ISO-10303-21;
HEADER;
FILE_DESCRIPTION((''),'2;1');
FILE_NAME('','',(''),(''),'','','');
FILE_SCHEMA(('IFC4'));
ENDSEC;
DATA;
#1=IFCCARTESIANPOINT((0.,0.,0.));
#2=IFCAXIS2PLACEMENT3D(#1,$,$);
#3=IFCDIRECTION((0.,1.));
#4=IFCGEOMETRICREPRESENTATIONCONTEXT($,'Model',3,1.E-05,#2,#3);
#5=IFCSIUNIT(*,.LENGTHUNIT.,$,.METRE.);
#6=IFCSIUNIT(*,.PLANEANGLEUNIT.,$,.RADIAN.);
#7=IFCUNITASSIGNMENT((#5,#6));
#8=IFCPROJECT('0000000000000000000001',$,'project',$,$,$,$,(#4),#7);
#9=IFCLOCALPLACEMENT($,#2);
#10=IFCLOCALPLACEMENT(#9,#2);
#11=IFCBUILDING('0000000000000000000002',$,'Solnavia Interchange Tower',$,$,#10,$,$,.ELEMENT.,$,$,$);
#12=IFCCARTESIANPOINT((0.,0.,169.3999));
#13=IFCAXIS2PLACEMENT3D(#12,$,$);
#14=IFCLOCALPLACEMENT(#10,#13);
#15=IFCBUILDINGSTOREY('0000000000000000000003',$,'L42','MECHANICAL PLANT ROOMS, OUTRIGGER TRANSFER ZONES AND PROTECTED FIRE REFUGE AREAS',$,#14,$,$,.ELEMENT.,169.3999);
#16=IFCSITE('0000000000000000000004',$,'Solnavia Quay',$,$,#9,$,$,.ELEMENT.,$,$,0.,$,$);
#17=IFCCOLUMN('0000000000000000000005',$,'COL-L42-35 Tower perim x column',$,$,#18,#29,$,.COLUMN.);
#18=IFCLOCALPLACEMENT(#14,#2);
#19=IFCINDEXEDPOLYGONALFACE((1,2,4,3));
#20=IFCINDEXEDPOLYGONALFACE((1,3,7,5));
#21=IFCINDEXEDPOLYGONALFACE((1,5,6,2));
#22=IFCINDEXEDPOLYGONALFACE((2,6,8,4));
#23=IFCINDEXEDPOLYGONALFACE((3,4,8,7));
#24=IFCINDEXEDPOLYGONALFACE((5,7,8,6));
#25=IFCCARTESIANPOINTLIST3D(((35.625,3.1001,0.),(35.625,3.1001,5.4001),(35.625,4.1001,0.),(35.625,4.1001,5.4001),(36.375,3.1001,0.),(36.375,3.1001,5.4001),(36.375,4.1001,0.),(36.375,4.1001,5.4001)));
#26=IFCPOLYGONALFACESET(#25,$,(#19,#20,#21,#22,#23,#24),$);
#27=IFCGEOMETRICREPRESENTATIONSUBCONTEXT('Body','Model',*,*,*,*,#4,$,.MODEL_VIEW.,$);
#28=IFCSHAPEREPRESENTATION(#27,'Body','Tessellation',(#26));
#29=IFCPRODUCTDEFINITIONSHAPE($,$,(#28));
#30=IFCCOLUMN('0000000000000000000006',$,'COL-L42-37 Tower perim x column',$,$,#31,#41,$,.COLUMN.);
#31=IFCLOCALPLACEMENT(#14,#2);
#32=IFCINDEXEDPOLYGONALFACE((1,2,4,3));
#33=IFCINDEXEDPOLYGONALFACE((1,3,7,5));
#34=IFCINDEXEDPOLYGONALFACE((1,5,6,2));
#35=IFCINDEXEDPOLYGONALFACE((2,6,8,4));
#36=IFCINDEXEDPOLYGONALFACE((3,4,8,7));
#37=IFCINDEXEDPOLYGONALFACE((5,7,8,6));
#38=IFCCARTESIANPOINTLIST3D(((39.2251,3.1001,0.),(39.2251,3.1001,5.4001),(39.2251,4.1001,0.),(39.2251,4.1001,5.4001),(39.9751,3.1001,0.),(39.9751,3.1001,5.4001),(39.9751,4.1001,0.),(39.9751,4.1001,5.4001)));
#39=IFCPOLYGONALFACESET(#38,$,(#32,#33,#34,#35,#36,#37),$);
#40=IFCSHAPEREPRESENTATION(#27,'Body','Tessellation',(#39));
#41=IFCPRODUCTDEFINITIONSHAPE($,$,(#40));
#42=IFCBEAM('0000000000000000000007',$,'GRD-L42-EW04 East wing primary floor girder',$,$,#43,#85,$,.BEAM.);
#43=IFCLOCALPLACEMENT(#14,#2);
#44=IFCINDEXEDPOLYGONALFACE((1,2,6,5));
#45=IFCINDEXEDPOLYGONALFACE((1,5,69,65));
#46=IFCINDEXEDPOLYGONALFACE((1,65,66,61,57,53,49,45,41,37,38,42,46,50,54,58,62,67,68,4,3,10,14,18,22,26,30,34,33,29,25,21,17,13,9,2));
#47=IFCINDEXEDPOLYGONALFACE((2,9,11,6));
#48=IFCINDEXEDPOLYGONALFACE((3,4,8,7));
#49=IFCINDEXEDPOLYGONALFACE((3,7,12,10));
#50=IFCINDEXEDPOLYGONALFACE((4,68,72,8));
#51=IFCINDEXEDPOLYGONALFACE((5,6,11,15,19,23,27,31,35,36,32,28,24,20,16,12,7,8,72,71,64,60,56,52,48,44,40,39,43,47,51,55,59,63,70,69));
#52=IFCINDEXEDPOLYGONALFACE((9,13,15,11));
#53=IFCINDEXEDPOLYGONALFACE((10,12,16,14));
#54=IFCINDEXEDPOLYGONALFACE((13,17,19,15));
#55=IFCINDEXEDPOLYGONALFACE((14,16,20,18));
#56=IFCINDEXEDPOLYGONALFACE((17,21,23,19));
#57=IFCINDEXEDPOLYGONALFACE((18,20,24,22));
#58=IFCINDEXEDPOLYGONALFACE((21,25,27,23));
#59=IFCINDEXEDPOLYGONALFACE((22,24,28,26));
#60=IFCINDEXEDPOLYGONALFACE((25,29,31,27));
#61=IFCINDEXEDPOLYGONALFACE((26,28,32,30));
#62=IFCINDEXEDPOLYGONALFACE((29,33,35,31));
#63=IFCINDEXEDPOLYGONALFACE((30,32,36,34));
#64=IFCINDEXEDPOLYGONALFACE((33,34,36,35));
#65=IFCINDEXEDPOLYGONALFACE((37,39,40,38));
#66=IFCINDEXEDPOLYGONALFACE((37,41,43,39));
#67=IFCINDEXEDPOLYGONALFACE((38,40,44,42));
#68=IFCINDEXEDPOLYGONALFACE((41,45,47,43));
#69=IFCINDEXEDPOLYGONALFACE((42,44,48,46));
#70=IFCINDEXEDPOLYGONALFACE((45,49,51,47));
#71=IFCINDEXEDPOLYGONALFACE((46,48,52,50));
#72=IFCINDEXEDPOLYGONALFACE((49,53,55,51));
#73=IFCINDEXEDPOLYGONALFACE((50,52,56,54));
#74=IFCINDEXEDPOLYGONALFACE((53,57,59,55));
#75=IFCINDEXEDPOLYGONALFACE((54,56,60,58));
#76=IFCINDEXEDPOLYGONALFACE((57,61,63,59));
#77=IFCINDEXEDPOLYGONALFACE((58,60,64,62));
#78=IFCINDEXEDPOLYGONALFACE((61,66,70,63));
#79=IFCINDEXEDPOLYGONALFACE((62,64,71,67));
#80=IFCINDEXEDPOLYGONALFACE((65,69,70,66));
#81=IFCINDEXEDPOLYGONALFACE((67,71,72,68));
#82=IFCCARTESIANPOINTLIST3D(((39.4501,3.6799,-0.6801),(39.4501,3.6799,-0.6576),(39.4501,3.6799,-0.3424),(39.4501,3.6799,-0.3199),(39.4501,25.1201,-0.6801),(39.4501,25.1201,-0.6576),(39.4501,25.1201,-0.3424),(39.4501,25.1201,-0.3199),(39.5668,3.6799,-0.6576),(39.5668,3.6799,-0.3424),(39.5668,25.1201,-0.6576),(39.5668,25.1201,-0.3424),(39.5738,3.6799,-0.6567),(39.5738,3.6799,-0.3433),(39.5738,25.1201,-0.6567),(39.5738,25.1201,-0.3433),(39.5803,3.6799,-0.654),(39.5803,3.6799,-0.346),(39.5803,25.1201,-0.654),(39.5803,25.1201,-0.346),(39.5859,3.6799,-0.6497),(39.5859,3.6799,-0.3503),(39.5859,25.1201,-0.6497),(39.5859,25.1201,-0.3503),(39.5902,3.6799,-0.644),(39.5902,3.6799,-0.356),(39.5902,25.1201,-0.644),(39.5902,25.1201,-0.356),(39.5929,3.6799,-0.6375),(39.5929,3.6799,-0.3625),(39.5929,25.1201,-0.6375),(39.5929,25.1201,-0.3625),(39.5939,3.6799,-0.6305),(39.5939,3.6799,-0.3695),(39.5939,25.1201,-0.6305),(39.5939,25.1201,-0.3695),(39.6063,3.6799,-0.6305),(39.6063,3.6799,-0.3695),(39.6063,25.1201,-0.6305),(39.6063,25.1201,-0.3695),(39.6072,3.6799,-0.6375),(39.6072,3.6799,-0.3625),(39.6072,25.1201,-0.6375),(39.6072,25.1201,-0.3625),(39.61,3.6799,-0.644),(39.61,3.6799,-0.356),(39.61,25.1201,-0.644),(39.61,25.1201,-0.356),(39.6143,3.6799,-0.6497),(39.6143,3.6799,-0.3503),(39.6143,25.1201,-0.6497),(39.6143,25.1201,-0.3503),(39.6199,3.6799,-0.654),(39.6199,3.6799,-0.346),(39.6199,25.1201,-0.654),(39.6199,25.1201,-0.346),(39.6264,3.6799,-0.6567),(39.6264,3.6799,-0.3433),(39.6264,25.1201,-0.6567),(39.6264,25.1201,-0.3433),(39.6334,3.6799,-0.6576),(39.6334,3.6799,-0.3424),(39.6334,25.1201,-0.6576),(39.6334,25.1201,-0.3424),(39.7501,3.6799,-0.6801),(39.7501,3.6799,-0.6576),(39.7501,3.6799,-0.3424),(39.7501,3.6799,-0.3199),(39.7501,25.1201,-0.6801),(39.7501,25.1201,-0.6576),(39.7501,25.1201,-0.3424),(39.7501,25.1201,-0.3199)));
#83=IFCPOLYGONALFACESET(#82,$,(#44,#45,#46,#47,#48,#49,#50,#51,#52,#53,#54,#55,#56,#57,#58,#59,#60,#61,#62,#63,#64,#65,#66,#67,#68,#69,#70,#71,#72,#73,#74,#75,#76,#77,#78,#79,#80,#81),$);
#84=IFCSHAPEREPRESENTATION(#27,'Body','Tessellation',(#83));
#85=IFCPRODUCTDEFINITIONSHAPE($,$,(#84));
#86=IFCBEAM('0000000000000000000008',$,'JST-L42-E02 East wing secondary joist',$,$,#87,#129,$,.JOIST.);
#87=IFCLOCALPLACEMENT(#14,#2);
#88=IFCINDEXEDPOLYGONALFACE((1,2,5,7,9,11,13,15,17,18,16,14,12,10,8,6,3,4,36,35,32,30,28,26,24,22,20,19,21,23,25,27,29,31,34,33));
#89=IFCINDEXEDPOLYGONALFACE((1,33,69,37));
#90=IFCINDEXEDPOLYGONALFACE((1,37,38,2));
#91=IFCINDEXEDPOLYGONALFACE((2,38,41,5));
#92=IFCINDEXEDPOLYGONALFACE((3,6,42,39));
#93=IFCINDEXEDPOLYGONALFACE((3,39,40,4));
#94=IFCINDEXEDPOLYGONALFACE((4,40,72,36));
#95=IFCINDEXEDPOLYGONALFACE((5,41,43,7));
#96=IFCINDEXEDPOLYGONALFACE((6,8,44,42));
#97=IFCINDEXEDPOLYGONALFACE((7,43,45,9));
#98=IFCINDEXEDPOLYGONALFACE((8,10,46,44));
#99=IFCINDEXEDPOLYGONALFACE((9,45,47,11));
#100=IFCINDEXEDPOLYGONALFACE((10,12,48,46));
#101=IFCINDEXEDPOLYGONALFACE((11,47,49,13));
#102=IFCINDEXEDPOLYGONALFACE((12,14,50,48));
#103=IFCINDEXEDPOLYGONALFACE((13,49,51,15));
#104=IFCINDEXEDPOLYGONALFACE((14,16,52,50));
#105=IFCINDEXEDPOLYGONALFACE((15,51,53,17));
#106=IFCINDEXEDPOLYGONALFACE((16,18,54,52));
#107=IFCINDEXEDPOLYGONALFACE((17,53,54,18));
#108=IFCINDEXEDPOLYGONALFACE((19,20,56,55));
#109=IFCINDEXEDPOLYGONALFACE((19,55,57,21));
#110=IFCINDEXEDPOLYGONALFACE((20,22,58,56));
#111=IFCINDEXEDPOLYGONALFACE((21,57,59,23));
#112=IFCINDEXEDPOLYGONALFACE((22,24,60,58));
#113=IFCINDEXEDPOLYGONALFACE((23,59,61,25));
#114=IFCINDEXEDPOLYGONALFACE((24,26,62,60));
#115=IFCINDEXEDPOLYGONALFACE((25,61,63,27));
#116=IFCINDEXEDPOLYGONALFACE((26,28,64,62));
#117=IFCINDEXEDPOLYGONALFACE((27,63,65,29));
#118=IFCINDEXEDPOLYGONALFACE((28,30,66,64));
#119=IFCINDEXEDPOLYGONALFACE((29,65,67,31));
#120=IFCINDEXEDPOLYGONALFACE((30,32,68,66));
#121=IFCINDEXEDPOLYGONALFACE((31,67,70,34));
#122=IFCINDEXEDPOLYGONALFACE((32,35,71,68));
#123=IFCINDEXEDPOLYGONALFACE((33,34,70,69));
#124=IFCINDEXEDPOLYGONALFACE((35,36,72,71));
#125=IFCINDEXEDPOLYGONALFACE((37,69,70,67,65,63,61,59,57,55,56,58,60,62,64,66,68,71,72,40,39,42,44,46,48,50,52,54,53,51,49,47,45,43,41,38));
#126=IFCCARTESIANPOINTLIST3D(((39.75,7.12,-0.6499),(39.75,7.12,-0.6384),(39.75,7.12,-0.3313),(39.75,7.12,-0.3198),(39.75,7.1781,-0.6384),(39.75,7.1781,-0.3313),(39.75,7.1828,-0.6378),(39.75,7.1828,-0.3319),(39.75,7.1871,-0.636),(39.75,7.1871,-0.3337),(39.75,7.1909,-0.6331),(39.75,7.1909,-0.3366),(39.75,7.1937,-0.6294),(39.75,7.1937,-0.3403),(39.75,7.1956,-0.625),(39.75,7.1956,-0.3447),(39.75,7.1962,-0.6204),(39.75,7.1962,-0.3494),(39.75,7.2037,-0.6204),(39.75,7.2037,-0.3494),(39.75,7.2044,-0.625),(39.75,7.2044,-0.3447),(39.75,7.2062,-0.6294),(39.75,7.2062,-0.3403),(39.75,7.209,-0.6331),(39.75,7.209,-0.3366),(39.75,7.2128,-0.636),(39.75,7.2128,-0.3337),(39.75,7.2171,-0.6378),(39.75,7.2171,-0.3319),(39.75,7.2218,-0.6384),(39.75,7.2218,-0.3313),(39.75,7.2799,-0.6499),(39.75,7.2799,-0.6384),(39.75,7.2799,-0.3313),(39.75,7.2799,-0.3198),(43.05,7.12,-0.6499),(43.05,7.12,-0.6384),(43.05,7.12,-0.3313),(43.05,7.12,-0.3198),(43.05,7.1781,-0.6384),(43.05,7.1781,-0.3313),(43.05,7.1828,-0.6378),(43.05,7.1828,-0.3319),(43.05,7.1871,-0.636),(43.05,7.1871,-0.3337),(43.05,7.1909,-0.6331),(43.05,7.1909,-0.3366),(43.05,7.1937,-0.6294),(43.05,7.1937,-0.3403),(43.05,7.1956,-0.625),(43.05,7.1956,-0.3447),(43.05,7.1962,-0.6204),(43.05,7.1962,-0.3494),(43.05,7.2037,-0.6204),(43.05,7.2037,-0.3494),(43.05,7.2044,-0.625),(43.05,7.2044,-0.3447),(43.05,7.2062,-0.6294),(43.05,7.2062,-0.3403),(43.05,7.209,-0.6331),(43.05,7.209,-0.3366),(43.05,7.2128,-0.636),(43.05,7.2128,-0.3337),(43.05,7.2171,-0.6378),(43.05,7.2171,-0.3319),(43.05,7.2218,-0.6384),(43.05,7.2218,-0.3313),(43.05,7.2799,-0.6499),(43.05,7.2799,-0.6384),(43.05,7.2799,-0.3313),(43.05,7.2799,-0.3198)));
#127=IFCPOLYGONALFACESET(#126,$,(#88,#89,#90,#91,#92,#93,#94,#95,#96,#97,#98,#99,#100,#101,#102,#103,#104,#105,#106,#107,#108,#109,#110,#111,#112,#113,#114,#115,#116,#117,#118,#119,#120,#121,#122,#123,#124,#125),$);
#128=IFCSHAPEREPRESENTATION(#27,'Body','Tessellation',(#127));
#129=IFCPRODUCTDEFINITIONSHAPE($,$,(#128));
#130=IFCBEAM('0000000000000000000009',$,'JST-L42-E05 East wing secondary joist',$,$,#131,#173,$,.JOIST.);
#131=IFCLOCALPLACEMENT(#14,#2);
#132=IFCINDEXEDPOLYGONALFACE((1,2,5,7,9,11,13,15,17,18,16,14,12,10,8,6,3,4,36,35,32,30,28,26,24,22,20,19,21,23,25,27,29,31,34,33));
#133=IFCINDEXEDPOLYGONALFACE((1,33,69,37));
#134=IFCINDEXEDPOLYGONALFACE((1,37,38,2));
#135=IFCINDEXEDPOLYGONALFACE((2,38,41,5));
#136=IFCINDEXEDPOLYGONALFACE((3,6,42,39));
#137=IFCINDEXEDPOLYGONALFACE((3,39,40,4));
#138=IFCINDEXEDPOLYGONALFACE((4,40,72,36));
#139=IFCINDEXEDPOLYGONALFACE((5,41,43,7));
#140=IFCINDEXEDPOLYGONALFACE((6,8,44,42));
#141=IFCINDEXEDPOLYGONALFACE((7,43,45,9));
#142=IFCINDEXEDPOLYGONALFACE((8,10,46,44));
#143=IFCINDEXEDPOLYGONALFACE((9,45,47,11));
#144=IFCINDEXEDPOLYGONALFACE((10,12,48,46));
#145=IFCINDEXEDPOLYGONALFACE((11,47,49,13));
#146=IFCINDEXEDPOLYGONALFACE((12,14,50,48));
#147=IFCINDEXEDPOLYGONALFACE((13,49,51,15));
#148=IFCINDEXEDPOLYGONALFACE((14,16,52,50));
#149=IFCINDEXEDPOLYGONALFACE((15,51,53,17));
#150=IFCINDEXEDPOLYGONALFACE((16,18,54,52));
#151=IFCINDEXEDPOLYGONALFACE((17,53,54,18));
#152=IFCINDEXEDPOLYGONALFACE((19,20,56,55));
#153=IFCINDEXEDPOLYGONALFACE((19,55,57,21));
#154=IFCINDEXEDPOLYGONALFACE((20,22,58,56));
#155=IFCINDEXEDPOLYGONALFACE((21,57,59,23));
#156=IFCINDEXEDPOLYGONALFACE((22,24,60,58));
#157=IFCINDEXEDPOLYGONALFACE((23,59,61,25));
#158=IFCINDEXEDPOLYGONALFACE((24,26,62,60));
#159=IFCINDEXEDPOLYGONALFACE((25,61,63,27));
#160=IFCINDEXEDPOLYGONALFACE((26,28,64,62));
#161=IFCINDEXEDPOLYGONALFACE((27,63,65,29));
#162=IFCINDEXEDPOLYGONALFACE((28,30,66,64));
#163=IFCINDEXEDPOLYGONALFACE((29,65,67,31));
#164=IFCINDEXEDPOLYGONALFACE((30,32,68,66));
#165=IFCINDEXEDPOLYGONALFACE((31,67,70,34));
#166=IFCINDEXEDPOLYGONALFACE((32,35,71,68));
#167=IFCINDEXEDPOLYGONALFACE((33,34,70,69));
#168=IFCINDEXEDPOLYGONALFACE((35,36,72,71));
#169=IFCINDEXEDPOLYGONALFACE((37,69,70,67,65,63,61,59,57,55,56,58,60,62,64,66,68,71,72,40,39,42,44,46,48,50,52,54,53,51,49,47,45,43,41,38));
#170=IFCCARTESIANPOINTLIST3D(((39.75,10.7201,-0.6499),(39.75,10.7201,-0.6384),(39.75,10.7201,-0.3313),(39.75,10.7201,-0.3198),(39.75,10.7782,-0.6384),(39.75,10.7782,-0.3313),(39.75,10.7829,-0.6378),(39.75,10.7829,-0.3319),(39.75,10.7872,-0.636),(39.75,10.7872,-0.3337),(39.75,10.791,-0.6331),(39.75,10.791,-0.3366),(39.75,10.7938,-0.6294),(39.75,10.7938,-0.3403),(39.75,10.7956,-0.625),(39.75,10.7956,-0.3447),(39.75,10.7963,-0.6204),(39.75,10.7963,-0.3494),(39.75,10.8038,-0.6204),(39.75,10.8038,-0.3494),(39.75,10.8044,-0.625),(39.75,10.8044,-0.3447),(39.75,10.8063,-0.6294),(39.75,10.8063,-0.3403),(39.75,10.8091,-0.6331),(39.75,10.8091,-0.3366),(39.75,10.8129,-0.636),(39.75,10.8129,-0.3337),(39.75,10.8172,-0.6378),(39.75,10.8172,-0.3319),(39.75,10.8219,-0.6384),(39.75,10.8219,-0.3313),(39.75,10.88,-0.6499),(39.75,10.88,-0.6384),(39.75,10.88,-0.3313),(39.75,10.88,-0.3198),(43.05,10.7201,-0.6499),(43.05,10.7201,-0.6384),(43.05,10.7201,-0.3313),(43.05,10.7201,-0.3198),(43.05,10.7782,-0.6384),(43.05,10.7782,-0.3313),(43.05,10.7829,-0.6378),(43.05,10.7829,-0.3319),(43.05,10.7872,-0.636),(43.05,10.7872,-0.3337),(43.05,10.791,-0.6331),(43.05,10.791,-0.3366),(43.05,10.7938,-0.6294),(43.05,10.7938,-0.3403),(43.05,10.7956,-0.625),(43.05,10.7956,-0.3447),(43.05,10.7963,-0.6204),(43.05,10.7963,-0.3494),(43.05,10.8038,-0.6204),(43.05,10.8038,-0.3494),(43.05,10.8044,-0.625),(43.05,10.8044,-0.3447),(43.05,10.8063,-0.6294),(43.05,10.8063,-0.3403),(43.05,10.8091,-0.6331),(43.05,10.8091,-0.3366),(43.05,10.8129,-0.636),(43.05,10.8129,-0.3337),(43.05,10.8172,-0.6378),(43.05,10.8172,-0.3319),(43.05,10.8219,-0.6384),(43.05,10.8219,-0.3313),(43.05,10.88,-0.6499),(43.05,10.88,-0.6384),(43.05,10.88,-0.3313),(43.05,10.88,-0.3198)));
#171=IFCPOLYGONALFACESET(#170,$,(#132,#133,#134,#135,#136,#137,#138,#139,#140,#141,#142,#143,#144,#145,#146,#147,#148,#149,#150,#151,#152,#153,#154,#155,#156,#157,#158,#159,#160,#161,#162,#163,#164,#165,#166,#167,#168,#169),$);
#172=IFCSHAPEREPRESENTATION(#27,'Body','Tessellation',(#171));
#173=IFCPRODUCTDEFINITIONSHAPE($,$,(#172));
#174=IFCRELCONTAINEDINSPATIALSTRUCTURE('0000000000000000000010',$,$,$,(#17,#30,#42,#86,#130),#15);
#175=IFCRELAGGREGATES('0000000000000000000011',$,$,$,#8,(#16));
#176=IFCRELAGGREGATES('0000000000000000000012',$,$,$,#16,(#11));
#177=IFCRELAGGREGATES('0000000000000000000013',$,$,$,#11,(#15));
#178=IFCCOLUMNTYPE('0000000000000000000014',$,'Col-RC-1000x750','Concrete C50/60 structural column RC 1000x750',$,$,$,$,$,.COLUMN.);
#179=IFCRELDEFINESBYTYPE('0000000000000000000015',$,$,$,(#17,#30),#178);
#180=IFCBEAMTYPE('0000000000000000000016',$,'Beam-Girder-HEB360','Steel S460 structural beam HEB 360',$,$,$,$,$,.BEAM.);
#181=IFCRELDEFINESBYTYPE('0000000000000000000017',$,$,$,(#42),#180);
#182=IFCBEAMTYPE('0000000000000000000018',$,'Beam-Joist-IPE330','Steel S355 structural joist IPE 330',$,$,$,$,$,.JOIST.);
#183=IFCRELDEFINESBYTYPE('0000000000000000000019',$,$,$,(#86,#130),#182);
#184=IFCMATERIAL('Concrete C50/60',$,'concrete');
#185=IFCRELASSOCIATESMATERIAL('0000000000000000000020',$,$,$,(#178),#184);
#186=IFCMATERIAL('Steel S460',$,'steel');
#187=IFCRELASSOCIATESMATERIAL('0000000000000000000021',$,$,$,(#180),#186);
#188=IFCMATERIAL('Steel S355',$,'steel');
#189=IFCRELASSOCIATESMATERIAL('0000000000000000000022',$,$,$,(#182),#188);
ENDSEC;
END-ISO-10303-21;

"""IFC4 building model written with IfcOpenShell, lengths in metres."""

from ifc_helpers import new_model, si_unit, direction, frame, origin, origin_2d, place, context, subcontext, project, spatial, rectangle, i_section, extrude, material, material_profile, profile_set, type_object, element, save


model = new_model("IFC4")

# Units and contexts
model_context = context("Model", 3, precision=1e-05, world=origin(), true_north=direction((0.0, 1.0)))
body_context = subcontext(model_context, "Body", "Model", "MODEL_VIEW")
ifc_project = project(units=[si_unit("LENGTHUNIT", "METRE"), si_unit("PLANEANGLEUNIT", "RADIAN")], contexts=[model_context])

# Site, building, storey
site_placement = place(None, origin())
site = spatial("IfcSite", under=ifc_project, at=site_placement, Name="Solnavia Quay", CompositionType="ELEMENT", RefElevation=0.0)
building_placement = place(site_placement, origin())
building = spatial("IfcBuilding", under=site, at=building_placement, Name="Solnavia Interchange Tower", CompositionType="ELEMENT")
storey_placement = place(building_placement, frame((0.0, 0.0, 169.3999)))
storey = spatial("IfcBuildingStorey", under=building, at=storey_placement, Name="L42", Description="MECHANICAL PLANT ROOMS, OUTRIGGER TRANSFER ZONES AND PROTECTED FIRE REFUGE AREAS", CompositionType="ELEMENT", Elevation=169.3999)

# Columns
ifc_material_1 = material(Name="Concrete C50/60", Category="concrete")
ifc_material_profile_1 = material_profile(ifc_material_1, rectangle(XDim=0.75, YDim=1.0, at=origin_2d()), Name="RC 1000x750")
ifc_profile_set_1 = profile_set([ifc_material_profile_1], Name="Concrete C50/60")
column_type = type_object("IfcColumnType", Name="Col-RC-1000x750", Description="Concrete C50/60 structural column RC 1000x750", PredefinedType="COLUMN", material=ifc_profile_set_1)
for number, where, z_axis, x_axis, name in (
    (1, (36.0, 3.6001, 0.0), (0.0, 0.0, 1.0), (1.0, 0.0, 0.0), "COL-L42-35 Tower perim x column"),
    (2, (39.6001, 3.6001, 0.0), (0.0, 0.0, 1.0), (1.0, 0.0, 0.0), "COL-L42-37 Tower perim x column"),
):
    element("IfcColumn", number, at=place(storey_placement, frame(where, z_axis=z_axis, x_axis=x_axis)), inside=storey, type_object=column_type, Name=name, PredefinedType="COLUMN", context=body_context, shape_type="SweptSolid", body=[
        extrude(rectangle(XDim=0.75, YDim=1.0, at=origin_2d()), origin(), (0.0, 0.0, 1.0), 5.4001),
    ])

# Beams
ifc_material_2 = material(Name="Steel S460", Category="steel")
ifc_material_profile_2 = material_profile(ifc_material_2, i_section(OverallWidth=0.3, OverallDepth=0.3601, WebThickness=0.0125, FlangeThickness=0.0225, FilletRadius=0.0271, at=origin_2d()), Name="HEB 360")
ifc_profile_set_2 = profile_set([ifc_material_profile_2], Name="Steel S460")
beam_type_1 = type_object("IfcBeamType", Name="Beam-Girder-HEB360", Description="Steel S460 structural beam HEB 360", PredefinedType="BEAM", material=ifc_profile_set_2)
beam_1_placement = place(storey_placement, frame((39.6001, 3.6799, -0.5), z_axis=(0.0, 1.0, 0.0), x_axis=(-1.0, 0.0, 0.0)))
element("IfcBeam", 3, at=beam_1_placement, inside=storey, type_object=beam_type_1, Name="GRD-L42-EW04 East wing primary floor girder", PredefinedType="BEAM", context=body_context, shape_type="SweptSolid", body=[
    extrude(i_section(OverallWidth=0.3, OverallDepth=0.3601, WebThickness=0.0125, FlangeThickness=0.0225, FilletRadius=0.0271, at=origin_2d()), origin(), (0.0, 0.0, 1.0), 21.4402),
])
ifc_material_3 = material(Name="Steel S355", Category="steel")
ifc_material_profile_3 = material_profile(ifc_material_3, i_section(OverallWidth=0.1599, OverallDepth=0.3301, WebThickness=0.0076, FlangeThickness=0.0115, FilletRadius=0.0181, at=origin_2d()), Name="IPE 330")
ifc_profile_set_3 = profile_set([ifc_material_profile_3], Name="Steel S355")
beam_type_2 = type_object("IfcBeamType", Name="Beam-Joist-IPE330", Description="Steel S355 structural joist IPE 330", PredefinedType="JOIST", material=ifc_profile_set_3)
for number, where, z_axis, x_axis, name in (
    (4, (39.75, 7.2, -0.4849), (1.0, 0.0, 0.0), (0.0, 1.0, 0.0), "JST-L42-E02 East wing secondary joist"),
    (5, (39.75, 10.8, -0.4849), (1.0, 0.0, 0.0), (0.0, 1.0, 0.0), "JST-L42-E05 East wing secondary joist"),
):
    element("IfcBeam", number, at=place(storey_placement, frame(where, z_axis=z_axis, x_axis=x_axis)), inside=storey, type_object=beam_type_2, Name=name, PredefinedType="JOIST", context=body_context, shape_type="SweptSolid", body=[
        extrude(i_section(OverallWidth=0.1599, OverallDepth=0.3301, WebThickness=0.0076, FlangeThickness=0.0115, FilletRadius=0.0181, at=origin_2d()), origin(), (0.0, 0.0, 1.0), 3.3),
    ])

save(model, "model.ifc")
